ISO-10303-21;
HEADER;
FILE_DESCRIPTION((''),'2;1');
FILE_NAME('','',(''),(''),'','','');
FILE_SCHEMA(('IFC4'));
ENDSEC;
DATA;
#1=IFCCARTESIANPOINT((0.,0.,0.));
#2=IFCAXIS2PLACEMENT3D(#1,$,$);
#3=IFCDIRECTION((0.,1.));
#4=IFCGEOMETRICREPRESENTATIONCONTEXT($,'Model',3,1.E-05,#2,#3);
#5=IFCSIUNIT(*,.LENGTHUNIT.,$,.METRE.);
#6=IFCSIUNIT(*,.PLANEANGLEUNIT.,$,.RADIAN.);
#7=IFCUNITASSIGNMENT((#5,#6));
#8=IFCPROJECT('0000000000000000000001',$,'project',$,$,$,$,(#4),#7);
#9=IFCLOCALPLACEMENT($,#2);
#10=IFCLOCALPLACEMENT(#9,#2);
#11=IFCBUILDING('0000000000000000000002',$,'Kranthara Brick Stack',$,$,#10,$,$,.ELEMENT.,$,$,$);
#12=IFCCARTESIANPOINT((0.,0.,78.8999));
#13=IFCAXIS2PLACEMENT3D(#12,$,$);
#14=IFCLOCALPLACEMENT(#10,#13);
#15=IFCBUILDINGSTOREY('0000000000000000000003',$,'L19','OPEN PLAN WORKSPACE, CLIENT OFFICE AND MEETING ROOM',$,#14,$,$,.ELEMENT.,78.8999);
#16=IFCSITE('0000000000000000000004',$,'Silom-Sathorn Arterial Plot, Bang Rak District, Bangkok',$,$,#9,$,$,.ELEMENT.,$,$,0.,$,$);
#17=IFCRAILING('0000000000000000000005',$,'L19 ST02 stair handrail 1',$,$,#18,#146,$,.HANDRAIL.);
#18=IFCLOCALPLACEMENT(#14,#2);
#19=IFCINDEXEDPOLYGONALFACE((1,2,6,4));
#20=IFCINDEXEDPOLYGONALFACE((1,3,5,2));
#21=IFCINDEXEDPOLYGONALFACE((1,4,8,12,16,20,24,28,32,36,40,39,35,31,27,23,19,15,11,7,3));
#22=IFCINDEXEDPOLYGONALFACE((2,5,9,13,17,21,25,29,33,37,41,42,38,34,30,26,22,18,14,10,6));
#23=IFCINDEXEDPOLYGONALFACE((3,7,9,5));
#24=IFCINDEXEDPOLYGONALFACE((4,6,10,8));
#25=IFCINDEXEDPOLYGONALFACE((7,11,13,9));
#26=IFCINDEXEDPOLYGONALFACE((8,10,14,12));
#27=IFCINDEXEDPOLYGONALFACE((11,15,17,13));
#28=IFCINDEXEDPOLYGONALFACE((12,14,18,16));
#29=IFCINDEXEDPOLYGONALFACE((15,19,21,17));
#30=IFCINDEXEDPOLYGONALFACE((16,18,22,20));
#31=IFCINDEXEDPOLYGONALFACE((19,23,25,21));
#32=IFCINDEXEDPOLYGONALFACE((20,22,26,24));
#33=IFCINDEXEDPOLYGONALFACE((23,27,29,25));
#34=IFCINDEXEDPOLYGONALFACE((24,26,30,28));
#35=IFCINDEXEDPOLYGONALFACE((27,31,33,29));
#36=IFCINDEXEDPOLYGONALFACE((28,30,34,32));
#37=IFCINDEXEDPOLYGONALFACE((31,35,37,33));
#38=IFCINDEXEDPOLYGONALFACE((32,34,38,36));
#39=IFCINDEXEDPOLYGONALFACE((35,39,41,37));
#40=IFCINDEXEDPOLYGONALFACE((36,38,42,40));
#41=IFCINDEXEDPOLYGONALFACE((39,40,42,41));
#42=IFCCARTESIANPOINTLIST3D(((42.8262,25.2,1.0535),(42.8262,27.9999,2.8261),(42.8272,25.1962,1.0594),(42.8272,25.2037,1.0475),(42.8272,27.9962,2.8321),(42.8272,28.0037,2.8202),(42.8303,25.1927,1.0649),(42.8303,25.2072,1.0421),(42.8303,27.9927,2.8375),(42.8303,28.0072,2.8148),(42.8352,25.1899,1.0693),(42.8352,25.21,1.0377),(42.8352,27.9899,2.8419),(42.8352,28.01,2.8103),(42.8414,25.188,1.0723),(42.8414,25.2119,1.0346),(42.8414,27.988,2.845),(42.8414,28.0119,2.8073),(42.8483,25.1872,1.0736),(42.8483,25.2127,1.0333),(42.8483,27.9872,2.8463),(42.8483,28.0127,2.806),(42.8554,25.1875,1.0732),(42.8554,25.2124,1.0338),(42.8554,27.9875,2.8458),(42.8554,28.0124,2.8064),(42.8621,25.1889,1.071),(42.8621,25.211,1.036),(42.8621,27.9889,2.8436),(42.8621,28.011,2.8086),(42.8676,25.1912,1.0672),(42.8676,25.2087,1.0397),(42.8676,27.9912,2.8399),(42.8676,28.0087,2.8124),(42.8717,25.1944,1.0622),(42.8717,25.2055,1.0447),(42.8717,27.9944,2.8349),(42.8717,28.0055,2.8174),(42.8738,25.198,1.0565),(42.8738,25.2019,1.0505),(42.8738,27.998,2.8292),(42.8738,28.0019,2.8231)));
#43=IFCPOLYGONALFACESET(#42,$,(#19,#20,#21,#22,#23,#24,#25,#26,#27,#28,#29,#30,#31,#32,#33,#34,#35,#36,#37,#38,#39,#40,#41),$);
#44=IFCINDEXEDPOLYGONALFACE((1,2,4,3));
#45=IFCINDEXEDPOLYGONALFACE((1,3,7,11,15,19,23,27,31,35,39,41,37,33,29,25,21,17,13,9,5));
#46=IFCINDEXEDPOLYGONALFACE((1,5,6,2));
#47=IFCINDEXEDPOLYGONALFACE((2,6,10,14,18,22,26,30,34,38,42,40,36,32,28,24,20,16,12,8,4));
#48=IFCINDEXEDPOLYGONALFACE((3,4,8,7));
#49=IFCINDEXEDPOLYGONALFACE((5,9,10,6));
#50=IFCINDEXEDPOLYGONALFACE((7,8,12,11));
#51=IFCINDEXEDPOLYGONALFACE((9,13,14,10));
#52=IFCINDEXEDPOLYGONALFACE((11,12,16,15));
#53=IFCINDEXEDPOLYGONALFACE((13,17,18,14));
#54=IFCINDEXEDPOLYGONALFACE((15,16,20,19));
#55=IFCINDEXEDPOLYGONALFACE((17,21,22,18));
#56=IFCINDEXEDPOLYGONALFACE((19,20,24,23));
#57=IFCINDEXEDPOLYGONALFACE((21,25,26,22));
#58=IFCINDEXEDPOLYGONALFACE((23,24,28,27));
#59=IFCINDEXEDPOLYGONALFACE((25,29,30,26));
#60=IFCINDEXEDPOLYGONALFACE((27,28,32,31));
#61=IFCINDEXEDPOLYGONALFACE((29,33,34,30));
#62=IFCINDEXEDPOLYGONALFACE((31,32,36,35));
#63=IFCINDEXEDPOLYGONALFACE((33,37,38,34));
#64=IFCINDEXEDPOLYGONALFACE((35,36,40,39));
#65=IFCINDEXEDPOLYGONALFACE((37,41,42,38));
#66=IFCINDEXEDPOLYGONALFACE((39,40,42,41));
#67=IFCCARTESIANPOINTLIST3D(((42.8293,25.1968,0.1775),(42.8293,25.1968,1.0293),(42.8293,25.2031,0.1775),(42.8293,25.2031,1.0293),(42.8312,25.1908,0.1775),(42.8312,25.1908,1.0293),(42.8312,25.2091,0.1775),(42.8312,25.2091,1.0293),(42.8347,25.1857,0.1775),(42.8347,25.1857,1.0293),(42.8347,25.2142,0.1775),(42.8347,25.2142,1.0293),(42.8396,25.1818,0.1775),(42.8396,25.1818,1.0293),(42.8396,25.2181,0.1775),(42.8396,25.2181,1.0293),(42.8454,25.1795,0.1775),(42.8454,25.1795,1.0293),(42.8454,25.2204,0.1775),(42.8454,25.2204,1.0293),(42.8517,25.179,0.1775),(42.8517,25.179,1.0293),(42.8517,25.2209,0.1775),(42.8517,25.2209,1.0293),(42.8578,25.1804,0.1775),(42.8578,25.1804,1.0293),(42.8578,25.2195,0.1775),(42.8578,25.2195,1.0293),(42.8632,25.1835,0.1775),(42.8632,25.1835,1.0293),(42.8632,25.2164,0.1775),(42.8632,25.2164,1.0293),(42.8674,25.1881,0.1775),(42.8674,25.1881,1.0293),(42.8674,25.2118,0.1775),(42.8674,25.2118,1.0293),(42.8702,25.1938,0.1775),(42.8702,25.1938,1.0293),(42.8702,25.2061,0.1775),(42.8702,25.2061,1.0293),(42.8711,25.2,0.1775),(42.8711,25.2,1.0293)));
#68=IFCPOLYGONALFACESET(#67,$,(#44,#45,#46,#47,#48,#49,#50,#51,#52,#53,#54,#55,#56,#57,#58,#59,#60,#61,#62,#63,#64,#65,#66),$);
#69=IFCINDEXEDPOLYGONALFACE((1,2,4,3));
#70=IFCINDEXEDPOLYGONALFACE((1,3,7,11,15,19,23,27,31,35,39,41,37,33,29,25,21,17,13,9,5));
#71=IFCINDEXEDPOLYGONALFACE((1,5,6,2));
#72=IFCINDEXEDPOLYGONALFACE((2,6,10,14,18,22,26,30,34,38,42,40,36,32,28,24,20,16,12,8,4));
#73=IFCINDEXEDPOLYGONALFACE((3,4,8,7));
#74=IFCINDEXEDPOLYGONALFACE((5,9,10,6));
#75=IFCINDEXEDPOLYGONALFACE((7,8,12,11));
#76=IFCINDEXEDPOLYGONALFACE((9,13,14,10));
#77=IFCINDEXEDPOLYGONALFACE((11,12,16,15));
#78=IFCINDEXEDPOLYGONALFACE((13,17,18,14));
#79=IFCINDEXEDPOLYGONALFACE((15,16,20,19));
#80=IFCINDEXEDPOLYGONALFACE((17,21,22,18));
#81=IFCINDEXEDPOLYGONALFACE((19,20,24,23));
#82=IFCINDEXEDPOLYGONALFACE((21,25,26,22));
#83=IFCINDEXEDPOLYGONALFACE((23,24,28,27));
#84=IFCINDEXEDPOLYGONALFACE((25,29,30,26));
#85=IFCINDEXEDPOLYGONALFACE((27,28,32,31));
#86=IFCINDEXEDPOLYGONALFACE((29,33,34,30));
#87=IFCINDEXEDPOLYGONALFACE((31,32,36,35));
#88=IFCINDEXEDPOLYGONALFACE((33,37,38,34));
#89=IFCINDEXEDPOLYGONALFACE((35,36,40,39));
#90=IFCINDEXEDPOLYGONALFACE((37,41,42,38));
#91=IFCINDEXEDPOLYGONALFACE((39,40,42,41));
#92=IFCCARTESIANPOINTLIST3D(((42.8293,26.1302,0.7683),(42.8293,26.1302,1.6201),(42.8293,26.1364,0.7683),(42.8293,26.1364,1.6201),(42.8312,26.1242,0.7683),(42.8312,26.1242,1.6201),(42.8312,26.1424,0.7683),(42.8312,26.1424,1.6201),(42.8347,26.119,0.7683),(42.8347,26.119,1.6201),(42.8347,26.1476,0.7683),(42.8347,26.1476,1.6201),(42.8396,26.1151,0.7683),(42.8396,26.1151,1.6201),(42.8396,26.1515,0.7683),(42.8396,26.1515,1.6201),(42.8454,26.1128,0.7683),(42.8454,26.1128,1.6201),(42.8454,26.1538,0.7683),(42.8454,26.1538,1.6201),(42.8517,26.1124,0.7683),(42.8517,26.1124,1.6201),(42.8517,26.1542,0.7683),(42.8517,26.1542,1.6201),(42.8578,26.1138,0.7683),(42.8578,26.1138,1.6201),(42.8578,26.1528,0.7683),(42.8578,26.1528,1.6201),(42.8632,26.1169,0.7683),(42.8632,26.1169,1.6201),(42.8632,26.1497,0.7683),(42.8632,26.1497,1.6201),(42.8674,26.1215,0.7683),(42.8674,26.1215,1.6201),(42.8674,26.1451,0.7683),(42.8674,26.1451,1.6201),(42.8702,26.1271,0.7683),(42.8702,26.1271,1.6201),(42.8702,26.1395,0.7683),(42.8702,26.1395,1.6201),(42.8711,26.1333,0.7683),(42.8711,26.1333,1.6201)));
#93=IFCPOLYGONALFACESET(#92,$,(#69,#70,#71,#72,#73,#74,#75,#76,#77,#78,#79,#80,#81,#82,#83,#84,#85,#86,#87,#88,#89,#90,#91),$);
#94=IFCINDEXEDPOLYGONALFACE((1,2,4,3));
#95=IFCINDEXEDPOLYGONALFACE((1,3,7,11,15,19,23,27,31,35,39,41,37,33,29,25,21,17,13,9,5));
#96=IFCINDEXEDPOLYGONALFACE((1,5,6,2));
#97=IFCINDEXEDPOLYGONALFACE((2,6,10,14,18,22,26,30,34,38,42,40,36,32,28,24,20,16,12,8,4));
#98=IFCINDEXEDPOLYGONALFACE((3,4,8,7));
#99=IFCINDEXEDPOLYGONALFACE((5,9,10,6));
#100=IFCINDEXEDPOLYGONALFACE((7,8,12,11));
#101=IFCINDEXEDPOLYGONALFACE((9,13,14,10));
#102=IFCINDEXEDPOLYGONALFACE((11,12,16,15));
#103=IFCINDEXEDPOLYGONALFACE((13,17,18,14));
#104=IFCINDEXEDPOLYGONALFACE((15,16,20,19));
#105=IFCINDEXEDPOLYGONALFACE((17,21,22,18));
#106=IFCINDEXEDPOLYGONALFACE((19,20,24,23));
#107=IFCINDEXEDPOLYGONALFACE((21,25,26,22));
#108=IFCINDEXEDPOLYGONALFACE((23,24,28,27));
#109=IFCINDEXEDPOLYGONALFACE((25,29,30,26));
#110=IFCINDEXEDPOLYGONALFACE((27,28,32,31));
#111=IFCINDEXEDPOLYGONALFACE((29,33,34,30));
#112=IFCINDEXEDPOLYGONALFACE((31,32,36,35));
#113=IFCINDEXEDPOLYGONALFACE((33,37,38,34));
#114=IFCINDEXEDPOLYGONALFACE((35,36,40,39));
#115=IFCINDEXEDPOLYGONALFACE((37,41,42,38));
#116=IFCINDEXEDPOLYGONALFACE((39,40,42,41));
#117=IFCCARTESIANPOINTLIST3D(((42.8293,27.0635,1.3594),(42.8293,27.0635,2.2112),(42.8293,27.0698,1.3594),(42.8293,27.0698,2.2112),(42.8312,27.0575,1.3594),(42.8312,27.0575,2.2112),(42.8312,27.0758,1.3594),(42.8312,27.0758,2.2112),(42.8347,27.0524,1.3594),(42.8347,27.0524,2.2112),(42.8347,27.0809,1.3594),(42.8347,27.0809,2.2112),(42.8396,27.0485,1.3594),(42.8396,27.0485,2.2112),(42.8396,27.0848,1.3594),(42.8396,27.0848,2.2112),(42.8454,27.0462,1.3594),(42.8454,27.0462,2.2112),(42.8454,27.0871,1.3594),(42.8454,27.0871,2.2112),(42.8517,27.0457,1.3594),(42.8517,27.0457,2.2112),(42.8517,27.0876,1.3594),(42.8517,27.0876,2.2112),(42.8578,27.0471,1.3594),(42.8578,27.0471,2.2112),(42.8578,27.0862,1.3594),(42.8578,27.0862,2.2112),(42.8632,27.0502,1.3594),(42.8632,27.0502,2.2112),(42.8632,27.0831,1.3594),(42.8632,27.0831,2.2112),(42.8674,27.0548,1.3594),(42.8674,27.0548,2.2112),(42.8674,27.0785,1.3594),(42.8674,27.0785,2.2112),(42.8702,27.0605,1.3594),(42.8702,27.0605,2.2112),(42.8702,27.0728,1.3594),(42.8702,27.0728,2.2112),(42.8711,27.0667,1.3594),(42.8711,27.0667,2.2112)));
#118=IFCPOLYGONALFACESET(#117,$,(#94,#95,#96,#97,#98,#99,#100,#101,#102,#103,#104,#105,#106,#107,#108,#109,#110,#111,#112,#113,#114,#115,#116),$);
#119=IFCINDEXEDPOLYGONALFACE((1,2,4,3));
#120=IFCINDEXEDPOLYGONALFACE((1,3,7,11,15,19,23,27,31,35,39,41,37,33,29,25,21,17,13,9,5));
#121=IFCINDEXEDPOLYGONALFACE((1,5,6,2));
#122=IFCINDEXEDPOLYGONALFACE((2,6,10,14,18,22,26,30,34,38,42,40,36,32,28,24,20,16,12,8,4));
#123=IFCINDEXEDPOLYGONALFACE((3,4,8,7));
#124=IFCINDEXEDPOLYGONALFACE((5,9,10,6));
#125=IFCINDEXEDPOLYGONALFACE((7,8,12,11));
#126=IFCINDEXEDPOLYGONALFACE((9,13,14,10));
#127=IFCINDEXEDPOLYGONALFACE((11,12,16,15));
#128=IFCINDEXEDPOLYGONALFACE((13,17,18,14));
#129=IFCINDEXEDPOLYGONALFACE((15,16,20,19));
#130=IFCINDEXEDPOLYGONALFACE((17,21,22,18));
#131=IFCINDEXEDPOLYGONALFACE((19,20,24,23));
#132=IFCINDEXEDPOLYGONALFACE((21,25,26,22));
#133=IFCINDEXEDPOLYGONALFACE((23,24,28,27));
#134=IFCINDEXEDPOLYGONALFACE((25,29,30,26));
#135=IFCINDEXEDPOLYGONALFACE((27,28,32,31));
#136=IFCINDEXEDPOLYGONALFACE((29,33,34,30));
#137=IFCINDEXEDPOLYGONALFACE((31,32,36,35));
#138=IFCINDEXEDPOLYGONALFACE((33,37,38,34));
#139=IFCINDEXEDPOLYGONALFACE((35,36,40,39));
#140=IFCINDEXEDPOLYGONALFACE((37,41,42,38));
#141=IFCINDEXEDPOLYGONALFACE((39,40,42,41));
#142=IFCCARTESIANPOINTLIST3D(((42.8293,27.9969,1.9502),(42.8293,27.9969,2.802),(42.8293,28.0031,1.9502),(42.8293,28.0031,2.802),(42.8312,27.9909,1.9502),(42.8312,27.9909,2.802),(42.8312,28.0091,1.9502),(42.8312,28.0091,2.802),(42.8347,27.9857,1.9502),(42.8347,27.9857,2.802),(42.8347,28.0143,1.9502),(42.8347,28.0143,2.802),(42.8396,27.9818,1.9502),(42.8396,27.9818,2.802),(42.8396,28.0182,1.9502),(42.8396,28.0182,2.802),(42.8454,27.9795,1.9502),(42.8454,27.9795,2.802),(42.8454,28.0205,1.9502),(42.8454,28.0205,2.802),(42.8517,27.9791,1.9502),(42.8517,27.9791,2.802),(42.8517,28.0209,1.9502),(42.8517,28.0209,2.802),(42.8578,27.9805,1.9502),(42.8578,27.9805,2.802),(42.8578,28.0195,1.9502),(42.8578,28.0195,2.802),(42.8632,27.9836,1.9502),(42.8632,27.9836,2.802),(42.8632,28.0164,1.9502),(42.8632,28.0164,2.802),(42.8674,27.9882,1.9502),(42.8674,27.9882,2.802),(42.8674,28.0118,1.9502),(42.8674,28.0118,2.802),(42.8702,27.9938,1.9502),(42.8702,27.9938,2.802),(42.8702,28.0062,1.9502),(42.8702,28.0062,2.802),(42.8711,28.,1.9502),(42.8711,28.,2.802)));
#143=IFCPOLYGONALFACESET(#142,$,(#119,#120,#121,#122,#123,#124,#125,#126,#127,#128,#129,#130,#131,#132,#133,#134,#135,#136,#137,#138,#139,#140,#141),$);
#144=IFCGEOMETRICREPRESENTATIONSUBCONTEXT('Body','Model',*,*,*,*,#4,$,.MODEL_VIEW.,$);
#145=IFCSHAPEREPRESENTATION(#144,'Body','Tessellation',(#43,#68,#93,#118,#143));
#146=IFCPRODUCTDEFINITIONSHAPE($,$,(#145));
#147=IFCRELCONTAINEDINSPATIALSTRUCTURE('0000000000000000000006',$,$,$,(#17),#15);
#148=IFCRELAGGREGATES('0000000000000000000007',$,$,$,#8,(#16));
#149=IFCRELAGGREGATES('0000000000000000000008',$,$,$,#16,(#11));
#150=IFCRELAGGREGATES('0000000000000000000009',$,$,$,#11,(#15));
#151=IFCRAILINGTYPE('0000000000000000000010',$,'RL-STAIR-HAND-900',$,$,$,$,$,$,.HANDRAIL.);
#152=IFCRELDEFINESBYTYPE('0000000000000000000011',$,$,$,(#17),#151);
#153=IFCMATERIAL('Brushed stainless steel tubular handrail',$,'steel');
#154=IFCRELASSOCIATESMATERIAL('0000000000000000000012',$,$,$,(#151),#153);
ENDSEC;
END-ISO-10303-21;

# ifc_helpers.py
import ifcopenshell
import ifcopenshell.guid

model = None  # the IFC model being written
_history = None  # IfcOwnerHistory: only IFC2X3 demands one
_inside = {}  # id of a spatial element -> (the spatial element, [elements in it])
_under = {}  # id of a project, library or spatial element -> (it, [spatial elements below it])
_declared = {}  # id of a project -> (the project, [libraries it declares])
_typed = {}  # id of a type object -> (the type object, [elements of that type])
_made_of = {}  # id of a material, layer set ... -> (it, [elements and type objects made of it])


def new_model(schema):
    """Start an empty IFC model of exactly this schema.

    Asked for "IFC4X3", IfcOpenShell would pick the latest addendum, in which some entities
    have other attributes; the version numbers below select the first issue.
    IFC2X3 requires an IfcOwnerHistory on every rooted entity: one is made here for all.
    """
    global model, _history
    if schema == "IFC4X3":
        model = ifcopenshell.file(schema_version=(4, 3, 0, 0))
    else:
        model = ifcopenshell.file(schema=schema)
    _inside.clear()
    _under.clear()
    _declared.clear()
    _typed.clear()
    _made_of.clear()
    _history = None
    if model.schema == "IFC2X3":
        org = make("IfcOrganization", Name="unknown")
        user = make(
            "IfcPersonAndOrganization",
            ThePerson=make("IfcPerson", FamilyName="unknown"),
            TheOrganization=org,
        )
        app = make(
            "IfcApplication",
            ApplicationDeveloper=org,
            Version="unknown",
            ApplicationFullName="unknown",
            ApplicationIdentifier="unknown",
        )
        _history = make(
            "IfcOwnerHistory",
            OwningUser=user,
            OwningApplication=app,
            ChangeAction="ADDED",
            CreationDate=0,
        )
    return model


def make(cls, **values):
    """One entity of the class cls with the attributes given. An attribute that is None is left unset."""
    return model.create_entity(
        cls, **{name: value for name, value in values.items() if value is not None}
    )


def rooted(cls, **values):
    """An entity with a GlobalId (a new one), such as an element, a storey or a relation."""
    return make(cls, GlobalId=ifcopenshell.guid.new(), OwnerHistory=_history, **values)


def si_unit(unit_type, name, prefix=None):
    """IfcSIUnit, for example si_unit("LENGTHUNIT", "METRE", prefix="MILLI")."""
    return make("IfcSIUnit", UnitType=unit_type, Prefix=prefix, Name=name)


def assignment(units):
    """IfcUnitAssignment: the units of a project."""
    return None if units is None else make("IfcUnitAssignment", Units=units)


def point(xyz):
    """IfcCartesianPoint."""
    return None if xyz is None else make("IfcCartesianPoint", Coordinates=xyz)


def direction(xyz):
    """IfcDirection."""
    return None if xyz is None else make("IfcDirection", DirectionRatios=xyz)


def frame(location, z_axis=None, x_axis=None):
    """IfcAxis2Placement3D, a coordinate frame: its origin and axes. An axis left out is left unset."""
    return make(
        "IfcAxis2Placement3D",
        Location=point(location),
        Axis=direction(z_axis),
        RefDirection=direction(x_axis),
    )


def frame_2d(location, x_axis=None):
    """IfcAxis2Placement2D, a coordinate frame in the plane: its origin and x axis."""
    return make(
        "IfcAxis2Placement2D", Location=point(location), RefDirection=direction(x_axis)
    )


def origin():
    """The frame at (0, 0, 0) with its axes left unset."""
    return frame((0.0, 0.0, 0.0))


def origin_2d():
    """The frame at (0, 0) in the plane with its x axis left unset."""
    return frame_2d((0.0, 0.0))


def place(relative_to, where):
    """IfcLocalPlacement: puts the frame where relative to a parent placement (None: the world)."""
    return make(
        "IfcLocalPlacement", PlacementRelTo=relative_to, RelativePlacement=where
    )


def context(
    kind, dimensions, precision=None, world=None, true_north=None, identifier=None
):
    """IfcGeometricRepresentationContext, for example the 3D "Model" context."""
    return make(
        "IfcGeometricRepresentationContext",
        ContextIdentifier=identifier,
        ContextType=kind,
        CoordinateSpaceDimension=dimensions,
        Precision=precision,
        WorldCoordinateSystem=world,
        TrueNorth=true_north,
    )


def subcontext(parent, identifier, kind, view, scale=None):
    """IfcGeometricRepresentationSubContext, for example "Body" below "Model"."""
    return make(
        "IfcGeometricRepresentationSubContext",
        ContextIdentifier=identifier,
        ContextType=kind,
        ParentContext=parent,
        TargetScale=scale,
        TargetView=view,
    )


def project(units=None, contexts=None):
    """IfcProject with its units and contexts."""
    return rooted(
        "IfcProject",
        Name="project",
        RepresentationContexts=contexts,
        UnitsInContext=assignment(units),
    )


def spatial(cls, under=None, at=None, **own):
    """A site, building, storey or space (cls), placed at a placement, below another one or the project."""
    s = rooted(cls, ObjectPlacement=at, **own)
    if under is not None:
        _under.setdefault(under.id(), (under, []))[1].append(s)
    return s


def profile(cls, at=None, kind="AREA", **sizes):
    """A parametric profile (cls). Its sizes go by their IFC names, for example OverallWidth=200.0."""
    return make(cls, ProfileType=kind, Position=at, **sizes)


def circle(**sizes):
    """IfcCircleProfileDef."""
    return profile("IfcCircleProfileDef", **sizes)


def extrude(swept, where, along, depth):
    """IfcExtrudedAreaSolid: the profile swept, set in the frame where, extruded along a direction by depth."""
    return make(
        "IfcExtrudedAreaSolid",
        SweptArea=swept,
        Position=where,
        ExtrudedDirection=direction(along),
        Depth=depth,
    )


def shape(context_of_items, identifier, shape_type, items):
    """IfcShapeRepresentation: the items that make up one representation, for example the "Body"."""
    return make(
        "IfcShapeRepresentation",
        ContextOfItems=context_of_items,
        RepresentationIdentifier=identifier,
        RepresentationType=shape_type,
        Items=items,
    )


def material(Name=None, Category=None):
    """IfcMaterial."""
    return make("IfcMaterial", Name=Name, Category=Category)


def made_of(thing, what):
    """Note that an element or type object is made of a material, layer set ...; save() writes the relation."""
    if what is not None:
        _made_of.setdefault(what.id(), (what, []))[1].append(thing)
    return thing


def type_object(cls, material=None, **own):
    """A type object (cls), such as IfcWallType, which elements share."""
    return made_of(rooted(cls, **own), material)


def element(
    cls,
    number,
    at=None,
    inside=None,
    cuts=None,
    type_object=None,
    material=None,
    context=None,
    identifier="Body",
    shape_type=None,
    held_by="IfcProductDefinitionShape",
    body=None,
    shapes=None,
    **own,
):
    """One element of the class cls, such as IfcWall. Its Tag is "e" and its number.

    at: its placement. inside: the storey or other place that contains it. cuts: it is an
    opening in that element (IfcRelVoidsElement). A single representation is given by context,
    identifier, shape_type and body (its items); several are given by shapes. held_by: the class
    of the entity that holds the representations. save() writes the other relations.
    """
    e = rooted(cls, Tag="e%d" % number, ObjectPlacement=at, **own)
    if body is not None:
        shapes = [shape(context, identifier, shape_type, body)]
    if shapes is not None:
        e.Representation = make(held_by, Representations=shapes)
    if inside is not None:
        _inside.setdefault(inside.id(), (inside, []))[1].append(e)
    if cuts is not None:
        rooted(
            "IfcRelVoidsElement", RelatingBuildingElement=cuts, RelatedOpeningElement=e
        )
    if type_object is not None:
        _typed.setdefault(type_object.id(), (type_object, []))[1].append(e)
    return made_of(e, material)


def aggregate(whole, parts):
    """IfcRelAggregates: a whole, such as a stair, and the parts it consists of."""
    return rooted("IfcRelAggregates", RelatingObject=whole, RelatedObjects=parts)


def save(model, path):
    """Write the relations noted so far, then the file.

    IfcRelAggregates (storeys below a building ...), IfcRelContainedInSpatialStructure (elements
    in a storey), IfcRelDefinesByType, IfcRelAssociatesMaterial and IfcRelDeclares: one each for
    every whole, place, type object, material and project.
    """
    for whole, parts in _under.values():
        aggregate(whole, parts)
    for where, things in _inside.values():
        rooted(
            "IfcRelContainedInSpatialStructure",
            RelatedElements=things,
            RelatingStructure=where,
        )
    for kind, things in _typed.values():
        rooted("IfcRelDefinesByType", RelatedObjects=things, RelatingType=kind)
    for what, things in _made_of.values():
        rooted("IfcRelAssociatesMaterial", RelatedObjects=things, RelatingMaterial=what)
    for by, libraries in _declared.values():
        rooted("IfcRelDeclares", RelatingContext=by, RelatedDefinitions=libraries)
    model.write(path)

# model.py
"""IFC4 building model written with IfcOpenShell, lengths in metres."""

from ifc_helpers import new_model, si_unit, direction, frame, origin, origin_2d, place, context, subcontext, project, spatial, circle, extrude, material, type_object, element, save


model = new_model("IFC4")

# Units and contexts
model_context = context("Model", 3, precision=1e-05, world=origin(), true_north=direction((0.0, 1.0)))
body_context = subcontext(model_context, "Body", "Model", "MODEL_VIEW")
ifc_project = project(units=[si_unit("LENGTHUNIT", "METRE"), si_unit("PLANEANGLEUNIT", "RADIAN")], contexts=[model_context])

# Site, building, storey
site_placement = place(None, origin())
site = spatial("IfcSite", under=ifc_project, at=site_placement, Name="Silom-Sathorn Arterial Plot, Bang Rak District, Bangkok", CompositionType="ELEMENT", RefElevation=0.0)
building_placement = place(site_placement, origin())
building = spatial("IfcBuilding", under=site, at=building_placement, Name="Kranthara Brick Stack", CompositionType="ELEMENT")
storey_placement = place(building_placement, frame((0.0, 0.0, 78.8999)))
storey = spatial("IfcBuildingStorey", under=building, at=storey_placement, Name="L19", Description="OPEN PLAN WORKSPACE, CLIENT OFFICE AND MEETING ROOM", CompositionType="ELEMENT", Elevation=78.8999)

# Railing
ifc_material_1 = material(Name="Brushed stainless steel tubular handrail", Category="steel")
railing_type_1 = type_object("IfcRailingType", Name="RL-STAIR-HAND-900", PredefinedType="HANDRAIL", material=ifc_material_1)
railing_1_placement = place(storey_placement, frame((42.8501, 25.2, 0.1775)))
element("IfcRailing", 1, at=railing_1_placement, inside=storey, type_object=railing_type_1, Name="L19 ST02 stair handrail 1", PredefinedType="HANDRAIL", context=body_context, shape_type="SweptSolid", body=[
    extrude(circle(Radius=0.0239, at=origin_2d()), frame((0.0, 0.0, 0.876), z_axis=(0.0, 0.844909, 0.53491), x_axis=(-1.0, 0.0, 0.0)), (0.0, 0.0, 1.0), 3.314),
    extrude(circle(Radius=0.021, at=origin_2d()), origin(), (0.0, 0.0, 1.0), 0.8518),
    extrude(circle(Radius=0.021, at=origin_2d()), frame((0.0, 0.9333, 0.5908)), (0.0, 0.0, 1.0), 0.8518),
    extrude(circle(Radius=0.021, at=origin_2d()), frame((0.0, 1.8667, 1.1819)), (0.0, 0.0, 1.0), 0.8518),
    extrude(circle(Radius=0.021, at=origin_2d()), frame((0.0, 2.8, 1.7727)), (0.0, 0.0, 1.0), 0.8518),
])

save(model, "model.ifc")
